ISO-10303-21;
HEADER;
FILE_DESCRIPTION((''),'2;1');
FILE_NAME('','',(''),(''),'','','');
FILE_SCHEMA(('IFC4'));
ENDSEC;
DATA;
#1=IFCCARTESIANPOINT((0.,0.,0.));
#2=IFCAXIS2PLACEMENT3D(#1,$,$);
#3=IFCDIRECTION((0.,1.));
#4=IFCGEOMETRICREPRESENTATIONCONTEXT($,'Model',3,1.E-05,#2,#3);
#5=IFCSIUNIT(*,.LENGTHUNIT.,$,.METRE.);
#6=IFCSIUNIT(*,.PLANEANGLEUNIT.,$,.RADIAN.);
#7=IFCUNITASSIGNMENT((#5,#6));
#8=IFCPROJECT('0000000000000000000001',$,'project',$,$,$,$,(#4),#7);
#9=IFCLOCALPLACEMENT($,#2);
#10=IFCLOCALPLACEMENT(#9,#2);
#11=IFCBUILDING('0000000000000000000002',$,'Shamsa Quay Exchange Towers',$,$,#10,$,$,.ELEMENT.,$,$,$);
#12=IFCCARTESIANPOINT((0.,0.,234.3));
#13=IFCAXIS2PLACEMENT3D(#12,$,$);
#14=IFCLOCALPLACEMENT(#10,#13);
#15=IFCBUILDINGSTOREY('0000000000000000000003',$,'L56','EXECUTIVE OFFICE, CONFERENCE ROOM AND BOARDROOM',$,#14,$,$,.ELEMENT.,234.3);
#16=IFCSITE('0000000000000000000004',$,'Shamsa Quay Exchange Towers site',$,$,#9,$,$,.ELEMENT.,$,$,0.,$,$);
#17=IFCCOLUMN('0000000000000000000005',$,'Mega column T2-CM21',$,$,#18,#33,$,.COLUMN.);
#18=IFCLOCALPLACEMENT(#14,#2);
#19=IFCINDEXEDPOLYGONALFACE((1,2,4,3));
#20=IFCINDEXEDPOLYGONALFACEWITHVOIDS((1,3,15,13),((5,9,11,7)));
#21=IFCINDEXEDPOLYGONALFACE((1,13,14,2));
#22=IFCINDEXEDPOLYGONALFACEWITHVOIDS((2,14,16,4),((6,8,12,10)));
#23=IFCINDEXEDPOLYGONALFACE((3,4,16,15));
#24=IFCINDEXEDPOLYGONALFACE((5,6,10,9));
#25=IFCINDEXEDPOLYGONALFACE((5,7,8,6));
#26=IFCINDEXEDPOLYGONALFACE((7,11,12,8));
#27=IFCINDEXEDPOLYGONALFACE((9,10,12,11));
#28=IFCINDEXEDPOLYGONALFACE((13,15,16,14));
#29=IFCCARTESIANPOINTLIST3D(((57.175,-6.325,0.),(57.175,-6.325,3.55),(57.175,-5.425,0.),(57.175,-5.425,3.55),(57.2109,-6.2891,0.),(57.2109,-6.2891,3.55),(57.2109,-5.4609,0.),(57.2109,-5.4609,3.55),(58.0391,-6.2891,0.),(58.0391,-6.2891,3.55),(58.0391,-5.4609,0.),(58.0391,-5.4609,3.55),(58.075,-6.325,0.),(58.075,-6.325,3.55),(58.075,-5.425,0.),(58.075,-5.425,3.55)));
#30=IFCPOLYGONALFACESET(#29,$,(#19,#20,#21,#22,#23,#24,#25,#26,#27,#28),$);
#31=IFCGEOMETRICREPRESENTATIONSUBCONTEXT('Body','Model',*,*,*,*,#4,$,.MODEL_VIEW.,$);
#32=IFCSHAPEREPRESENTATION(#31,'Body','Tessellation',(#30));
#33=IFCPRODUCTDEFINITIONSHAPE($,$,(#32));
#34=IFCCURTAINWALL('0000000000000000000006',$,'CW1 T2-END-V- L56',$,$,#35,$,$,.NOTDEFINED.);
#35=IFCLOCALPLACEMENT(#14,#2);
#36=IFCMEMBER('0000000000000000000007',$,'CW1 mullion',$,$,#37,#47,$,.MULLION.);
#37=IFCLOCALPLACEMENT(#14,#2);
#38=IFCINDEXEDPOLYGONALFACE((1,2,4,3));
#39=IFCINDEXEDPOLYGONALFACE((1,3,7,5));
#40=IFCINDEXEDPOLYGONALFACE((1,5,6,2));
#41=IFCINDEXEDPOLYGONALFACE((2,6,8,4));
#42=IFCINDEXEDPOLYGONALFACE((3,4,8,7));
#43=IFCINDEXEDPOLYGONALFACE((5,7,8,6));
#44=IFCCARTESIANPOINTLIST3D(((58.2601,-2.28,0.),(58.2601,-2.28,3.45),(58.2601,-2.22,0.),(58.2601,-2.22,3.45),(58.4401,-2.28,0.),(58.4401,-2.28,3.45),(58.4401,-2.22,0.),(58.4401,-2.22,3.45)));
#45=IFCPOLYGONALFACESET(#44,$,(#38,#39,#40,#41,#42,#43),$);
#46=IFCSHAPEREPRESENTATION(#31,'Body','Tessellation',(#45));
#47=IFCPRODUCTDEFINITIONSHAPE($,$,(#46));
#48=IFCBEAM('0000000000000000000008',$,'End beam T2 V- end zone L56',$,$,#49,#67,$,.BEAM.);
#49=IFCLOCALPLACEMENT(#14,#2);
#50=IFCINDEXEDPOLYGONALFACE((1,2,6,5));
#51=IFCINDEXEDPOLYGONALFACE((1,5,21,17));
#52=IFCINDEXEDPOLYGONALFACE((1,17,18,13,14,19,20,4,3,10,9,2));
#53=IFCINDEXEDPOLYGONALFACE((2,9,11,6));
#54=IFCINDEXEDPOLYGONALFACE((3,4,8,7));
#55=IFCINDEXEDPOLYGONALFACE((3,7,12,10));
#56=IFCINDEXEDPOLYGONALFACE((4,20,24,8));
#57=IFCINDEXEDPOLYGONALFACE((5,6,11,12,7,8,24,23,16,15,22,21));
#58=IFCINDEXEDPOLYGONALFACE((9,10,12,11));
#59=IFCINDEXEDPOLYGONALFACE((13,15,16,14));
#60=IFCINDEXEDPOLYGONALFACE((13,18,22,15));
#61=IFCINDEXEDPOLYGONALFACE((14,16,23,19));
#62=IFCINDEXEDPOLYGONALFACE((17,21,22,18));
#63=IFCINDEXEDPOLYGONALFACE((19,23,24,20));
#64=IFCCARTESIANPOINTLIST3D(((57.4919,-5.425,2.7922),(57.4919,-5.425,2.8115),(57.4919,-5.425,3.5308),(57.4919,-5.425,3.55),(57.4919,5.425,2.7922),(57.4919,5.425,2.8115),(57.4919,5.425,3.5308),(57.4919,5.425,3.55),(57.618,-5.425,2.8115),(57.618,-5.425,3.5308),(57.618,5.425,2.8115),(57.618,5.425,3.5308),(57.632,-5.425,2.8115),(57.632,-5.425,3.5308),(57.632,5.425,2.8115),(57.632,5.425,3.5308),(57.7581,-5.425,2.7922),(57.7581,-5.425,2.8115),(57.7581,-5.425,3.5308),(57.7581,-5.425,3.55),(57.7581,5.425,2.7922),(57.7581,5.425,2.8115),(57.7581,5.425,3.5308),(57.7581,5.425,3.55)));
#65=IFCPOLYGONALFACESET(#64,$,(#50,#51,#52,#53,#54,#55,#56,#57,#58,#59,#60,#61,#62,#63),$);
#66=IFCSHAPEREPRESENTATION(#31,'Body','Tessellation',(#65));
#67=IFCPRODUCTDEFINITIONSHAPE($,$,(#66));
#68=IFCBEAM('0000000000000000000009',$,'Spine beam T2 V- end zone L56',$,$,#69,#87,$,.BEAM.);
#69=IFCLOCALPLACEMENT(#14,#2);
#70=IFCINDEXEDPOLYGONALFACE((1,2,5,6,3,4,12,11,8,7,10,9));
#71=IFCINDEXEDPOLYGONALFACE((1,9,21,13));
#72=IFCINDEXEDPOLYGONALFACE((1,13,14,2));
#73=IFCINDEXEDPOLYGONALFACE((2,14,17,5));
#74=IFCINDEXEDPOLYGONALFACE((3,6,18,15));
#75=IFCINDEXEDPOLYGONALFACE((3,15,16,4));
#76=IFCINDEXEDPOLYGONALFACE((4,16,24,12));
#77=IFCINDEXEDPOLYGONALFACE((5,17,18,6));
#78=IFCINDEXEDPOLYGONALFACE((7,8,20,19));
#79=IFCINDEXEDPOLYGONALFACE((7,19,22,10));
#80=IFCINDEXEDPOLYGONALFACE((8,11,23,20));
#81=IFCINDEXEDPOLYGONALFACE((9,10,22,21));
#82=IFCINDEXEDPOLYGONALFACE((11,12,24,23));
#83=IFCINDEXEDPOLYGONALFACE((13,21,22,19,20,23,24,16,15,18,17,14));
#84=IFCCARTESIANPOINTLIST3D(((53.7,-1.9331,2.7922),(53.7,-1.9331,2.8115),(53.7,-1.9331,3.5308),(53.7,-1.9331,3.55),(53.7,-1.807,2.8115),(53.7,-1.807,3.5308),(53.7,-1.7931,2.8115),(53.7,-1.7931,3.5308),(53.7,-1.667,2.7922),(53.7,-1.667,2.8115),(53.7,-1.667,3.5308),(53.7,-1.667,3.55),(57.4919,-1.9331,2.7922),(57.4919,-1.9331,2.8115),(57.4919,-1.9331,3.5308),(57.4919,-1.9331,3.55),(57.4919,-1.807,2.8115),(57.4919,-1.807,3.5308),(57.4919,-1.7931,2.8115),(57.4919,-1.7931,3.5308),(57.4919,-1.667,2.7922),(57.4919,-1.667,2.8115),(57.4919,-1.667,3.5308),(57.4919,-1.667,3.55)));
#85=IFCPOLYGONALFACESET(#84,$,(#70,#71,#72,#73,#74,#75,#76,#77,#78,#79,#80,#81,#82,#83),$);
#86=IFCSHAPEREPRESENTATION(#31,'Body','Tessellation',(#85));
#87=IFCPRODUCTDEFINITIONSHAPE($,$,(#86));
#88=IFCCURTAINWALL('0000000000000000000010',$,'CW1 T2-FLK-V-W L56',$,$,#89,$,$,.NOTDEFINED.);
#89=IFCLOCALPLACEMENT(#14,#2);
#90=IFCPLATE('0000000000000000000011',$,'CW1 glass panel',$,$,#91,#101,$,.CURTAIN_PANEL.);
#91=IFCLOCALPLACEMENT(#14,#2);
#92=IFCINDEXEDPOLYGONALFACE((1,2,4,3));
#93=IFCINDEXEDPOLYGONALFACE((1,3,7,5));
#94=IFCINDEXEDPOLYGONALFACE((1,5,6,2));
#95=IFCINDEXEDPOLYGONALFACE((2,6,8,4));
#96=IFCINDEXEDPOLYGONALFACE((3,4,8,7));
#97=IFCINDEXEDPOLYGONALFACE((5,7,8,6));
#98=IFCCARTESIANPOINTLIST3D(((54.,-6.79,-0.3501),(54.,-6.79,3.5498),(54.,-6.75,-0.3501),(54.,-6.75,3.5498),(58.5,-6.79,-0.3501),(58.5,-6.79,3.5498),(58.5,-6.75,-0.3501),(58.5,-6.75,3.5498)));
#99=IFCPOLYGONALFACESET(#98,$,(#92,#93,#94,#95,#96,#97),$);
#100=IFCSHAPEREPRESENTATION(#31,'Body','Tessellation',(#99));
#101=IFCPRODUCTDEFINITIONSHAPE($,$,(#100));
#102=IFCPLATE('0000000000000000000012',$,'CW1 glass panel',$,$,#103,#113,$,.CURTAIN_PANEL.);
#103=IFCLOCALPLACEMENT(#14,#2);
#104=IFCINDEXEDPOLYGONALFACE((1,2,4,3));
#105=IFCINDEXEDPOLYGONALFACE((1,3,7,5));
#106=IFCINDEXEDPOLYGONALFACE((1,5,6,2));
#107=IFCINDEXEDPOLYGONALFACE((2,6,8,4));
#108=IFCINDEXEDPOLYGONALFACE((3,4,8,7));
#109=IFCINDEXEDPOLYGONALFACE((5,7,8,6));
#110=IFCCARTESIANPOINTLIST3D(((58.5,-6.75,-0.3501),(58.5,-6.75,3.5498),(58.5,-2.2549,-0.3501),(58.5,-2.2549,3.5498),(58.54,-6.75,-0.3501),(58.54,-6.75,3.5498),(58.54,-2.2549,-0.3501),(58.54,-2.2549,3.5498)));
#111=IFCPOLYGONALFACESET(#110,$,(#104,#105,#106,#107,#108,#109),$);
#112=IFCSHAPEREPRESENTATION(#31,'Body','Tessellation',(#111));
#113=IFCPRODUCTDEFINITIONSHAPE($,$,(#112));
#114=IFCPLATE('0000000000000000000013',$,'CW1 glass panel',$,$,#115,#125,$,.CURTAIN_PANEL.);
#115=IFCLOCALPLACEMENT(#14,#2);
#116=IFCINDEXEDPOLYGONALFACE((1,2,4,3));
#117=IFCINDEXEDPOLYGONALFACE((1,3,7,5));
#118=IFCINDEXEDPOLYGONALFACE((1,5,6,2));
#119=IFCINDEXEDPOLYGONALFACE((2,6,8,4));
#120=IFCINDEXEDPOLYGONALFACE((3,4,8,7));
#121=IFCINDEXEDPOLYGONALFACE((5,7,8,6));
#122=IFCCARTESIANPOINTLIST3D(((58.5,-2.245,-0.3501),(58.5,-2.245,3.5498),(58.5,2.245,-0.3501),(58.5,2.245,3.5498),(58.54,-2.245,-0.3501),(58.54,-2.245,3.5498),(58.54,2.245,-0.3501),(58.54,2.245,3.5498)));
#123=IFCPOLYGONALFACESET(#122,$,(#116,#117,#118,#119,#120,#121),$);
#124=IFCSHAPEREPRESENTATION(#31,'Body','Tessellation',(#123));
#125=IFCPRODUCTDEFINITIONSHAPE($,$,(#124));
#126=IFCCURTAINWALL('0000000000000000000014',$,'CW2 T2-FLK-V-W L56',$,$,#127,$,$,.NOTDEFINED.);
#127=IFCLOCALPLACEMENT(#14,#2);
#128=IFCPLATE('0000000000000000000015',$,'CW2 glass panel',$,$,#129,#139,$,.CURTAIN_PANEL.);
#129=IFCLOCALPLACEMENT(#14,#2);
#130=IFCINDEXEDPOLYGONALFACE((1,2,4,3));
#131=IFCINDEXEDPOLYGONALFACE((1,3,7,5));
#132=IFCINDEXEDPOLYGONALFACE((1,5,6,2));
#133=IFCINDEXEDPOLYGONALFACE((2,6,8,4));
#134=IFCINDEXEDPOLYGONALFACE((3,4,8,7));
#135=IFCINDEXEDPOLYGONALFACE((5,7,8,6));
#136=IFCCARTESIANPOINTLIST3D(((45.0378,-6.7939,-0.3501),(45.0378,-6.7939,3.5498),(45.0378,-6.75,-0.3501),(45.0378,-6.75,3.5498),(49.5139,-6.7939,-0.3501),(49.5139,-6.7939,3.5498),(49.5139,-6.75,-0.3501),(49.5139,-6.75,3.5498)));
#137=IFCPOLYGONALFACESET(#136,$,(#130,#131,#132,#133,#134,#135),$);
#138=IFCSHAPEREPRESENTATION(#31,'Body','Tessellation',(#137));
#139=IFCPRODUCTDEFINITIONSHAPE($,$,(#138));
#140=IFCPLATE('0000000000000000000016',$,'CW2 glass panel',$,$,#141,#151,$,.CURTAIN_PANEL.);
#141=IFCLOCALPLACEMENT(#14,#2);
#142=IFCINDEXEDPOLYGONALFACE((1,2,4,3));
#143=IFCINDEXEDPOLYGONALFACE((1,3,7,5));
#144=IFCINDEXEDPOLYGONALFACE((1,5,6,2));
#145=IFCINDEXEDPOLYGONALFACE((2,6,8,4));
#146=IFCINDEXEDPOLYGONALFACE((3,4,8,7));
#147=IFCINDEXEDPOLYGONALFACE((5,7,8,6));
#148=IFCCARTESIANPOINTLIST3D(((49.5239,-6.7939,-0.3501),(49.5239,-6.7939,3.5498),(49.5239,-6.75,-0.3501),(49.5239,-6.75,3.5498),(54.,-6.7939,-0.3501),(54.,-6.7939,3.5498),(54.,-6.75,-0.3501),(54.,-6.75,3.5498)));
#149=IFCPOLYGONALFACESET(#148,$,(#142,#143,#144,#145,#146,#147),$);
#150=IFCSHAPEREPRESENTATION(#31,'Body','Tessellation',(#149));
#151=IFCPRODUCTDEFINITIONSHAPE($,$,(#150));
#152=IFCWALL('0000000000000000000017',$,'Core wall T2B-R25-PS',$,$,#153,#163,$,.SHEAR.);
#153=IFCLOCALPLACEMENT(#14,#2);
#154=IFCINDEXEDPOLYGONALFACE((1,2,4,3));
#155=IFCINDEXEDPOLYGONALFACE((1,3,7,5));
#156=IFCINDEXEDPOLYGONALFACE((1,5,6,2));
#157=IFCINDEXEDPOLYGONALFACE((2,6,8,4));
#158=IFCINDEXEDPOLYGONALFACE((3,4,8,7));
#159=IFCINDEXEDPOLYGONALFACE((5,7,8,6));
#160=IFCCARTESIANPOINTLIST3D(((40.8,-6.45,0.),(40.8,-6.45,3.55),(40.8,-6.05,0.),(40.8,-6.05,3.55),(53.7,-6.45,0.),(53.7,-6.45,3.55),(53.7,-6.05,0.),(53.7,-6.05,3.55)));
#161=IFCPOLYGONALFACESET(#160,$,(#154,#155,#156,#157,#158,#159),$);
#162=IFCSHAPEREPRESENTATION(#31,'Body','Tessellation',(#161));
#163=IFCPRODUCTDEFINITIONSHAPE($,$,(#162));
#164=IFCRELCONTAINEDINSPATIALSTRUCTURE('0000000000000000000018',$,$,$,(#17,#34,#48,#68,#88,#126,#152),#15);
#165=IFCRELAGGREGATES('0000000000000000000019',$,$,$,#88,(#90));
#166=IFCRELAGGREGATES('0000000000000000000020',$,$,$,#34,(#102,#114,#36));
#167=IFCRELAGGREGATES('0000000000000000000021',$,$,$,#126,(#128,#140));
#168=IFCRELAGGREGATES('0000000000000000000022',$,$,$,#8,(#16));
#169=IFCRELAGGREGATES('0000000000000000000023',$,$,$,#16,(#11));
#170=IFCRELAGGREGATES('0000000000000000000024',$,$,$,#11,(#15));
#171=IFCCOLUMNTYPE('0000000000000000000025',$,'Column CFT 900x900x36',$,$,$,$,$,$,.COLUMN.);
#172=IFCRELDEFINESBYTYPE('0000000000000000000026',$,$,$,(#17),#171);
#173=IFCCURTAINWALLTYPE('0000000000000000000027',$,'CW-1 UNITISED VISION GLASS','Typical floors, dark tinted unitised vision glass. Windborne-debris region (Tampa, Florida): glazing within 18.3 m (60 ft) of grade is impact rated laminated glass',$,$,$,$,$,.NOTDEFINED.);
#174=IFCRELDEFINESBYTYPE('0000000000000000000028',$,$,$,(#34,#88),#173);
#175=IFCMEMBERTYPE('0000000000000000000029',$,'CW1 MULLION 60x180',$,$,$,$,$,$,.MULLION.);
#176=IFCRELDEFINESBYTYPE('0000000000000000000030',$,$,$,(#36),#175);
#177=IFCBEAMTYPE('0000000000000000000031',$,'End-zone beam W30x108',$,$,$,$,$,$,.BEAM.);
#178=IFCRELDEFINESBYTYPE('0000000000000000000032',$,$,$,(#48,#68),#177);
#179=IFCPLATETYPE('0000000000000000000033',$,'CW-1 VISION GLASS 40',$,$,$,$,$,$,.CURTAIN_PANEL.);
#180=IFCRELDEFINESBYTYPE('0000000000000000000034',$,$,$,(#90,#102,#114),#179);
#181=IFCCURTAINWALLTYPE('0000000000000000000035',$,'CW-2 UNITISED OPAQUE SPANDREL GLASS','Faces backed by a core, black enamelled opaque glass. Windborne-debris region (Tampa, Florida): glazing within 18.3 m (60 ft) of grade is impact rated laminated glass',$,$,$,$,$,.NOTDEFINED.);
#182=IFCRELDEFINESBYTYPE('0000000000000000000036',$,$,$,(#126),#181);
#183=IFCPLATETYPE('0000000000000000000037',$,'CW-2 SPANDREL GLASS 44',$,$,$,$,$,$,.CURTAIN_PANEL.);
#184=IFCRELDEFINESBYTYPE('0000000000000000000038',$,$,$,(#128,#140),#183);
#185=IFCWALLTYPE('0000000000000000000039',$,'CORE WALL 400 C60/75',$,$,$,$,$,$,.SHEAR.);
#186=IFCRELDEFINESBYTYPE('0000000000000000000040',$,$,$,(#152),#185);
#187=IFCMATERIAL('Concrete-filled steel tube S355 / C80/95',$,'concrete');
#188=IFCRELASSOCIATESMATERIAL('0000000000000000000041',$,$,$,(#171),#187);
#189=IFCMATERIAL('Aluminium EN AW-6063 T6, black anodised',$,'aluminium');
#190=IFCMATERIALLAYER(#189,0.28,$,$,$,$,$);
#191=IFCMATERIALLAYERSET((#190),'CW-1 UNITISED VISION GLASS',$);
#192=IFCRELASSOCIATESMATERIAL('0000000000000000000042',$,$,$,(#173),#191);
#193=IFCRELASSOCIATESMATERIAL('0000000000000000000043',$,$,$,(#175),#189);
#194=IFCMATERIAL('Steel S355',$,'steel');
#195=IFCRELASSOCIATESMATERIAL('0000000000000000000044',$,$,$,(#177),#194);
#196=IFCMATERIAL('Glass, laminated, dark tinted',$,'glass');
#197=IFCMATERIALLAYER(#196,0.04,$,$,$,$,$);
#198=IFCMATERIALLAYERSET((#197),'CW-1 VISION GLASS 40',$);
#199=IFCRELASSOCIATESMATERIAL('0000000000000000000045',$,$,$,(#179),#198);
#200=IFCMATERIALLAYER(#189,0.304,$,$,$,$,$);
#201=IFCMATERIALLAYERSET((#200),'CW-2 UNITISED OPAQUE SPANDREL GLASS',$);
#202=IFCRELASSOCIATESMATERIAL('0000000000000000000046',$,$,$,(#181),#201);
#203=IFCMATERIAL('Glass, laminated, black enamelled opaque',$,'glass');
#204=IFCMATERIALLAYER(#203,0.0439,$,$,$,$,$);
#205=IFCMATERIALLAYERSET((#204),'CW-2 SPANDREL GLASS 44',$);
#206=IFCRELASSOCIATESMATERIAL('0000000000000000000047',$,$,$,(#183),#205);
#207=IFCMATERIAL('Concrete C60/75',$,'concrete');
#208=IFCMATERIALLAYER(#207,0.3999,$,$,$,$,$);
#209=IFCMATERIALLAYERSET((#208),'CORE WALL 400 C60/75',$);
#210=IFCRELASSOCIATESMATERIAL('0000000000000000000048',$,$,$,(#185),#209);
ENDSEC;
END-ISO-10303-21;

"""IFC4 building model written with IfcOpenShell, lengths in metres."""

from ifc_helpers import new_model, si_unit, direction, frame, frame_2d, origin, origin_2d, place, context, subcontext, project, spatial, rectangle, hollow_rectangle, i_section, extrude, material, layer, layer_set, material_profile, profile_set, type_object, element, aggregate, save


model = new_model("IFC4")

# Units and contexts
model_context = context("Model", 3, precision=1e-05, world=origin(), true_north=direction((0.0, 1.0)))
body_context = subcontext(model_context, "Body", "Model", "MODEL_VIEW")
ifc_project = project(units=[si_unit("LENGTHUNIT", "METRE"), si_unit("PLANEANGLEUNIT", "RADIAN")], contexts=[model_context])

# Site, building, storey
site_placement = place(None, origin())
site = spatial("IfcSite", under=ifc_project, at=site_placement, Name="Shamsa Quay Exchange Towers site", CompositionType="ELEMENT", RefElevation=0.0)
building_placement = place(site_placement, origin())
building = spatial("IfcBuilding", under=site, at=building_placement, Name="Shamsa Quay Exchange Towers", CompositionType="ELEMENT")
storey_placement = place(building_placement, frame((0.0, 0.0, 234.3)))
storey = spatial("IfcBuildingStorey", under=building, at=storey_placement, Name="L56", Description="EXECUTIVE OFFICE, CONFERENCE ROOM AND BOARDROOM", CompositionType="ELEMENT", Elevation=234.3)

# Column
ifc_material_1 = material(Name="Concrete-filled steel tube S355 / C80/95", Category="concrete")
ifc_material_profile_1 = material_profile(ifc_material_1, hollow_rectangle(XDim=0.8999, YDim=0.8999, WallThickness=0.0359, at=origin_2d()), Name="CFT 900x900x36")
ifc_profile_set_1 = profile_set([ifc_material_profile_1], Name="Concrete-filled steel tube S355 / C80/95")
column_type = type_object("IfcColumnType", Name="Column CFT 900x900x36", PredefinedType="COLUMN", material=ifc_profile_set_1)
column_placement = place(storey_placement, frame((57.625, -5.875, 0.0)))
element("IfcColumn", 1, at=column_placement, inside=storey, type_object=column_type, Name="Mega column T2-CM21", PredefinedType="COLUMN", context=body_context, shape_type="SweptSolid", body=[
    extrude(hollow_rectangle(XDim=0.8999, YDim=0.8999, WallThickness=0.0359, at=origin_2d()), origin(), (0.0, 0.0, 1.0), 3.55),
])

# Curtain wall, member
ifc_material_2 = material(Name="Aluminium EN AW-6063 T6, black anodised", Category="aluminium")
ifc_layer_1 = layer(ifc_material_2, 0.28)
ifc_layer_set_1 = layer_set([ifc_layer_1], Name="CW-1 UNITISED VISION GLASS")
curtain_wall_type_1 = type_object("IfcCurtainWallType", Name="CW-1 UNITISED VISION GLASS", Description="Typical floors, dark tinted unitised vision glass. Windborne-debris region (Tampa, Florida): glazing within 18.3 m (60 ft) of grade is impact rated laminated glass", PredefinedType="NOTDEFINED", material=ifc_layer_set_1)
curtain_wall_1_placement = place(storey_placement, origin())
curtain_wall_1 = element("IfcCurtainWall", 2, at=curtain_wall_1_placement, inside=storey, type_object=curtain_wall_type_1, Name="CW1 T2-END-V- L56", PredefinedType="NOTDEFINED")
ifc_material_profile_2 = material_profile(ifc_material_2, rectangle(XDim=0.1799, YDim=0.0601, at=origin_2d()), Name="MU60x180")
ifc_profile_set_2 = profile_set([ifc_material_profile_2], Name="Aluminium EN AW-6063 T6, black anodised")
member_type = type_object("IfcMemberType", Name="CW1 MULLION 60x180", PredefinedType="MULLION", material=ifc_profile_set_2)
member_placement = place(storey_placement, frame((58.3501, -2.25, 0.0), z_axis=(0.0, 0.0, 1.0), x_axis=(-1.0, 0.0, 0.0)))
member = element("IfcMember", 3, at=member_placement, type_object=member_type, Name="CW1 mullion", PredefinedType="MULLION", context=body_context, shape_type="SweptSolid", body=[
    extrude(rectangle(XDim=0.1799, YDim=0.0601, at=origin_2d()), origin(), (0.0, 0.0, 1.0), 3.45),
])

# Beams
ifc_material_3 = material(Name="Steel S355", Category="steel")
ifc_material_profile_3 = material_profile(ifc_material_3, i_section(OverallWidth=0.2661, OverallDepth=0.7578, WebThickness=0.0139, FlangeThickness=0.0193, at=origin_2d()), Name="W30x108")
ifc_profile_set_3 = profile_set([ifc_material_profile_3], Name="Steel S355")
beam_type = type_object("IfcBeamType", Name="End-zone beam W30x108", PredefinedType="BEAM", material=ifc_profile_set_3)
beam_1_placement = place(storey_placement, frame((57.625, -5.425, 3.1711), z_axis=(0.0, 1.0, 0.0), x_axis=(-1.0, 0.0, 0.0)))
element("IfcBeam", 4, at=beam_1_placement, inside=storey, type_object=beam_type, Name="End beam T2 V- end zone L56", PredefinedType="BEAM", context=body_context, shape_type="SweptSolid", body=[
    extrude(i_section(OverallWidth=0.2661, OverallDepth=0.7578, WebThickness=0.0139, FlangeThickness=0.0193, at=origin_2d()), origin(), (0.0, 0.0, 1.0), 10.8501),
])
beam_2_placement = place(storey_placement, frame((53.7, -1.8, 3.1711), z_axis=(1.0, 0.0, 0.0), x_axis=(0.0, 1.0, 0.0)))
element("IfcBeam", 5, at=beam_2_placement, inside=storey, type_object=beam_type, Name="Spine beam T2 V- end zone L56", PredefinedType="BEAM", context=body_context, shape_type="SweptSolid", body=[
    extrude(i_section(OverallWidth=0.2661, OverallDepth=0.7578, WebThickness=0.0139, FlangeThickness=0.0193, at=origin_2d()), origin(), (0.0, 0.0, 1.0), 3.792),
])

# Curtain wall, plate
curtain_wall_2_placement = place(storey_placement, origin())
curtain_wall_2 = element("IfcCurtainWall", 6, at=curtain_wall_2_placement, inside=storey, type_object=curtain_wall_type_1, Name="CW1 T2-FLK-V-W L56", PredefinedType="NOTDEFINED")
ifc_material_4 = material(Name="Glass, laminated, dark tinted", Category="glass")
ifc_layer_2 = layer(ifc_material_4, 0.04)
ifc_layer_set_2 = layer_set([ifc_layer_2], Name="CW-1 VISION GLASS 40")
plate_type_1 = type_object("IfcPlateType", Name="CW-1 VISION GLASS 40", PredefinedType="CURTAIN_PANEL", material=ifc_layer_set_2)
plate_1_placement = place(storey_placement, frame((56.25, -6.77, -0.3501)))
plate_1 = element("IfcPlate", 7, at=plate_1_placement, type_object=plate_type_1, Name="CW1 glass panel", PredefinedType="CURTAIN_PANEL", context=body_context, shape_type="SweptSolid", body=[
    extrude(rectangle(XDim=4.5, YDim=0.04, at=origin_2d()), origin(), (0.0, 0.0, 1.0), 3.8999),
])
aggregate(curtain_wall_2, [plate_1])

# Plates
plate_2_placement = place(storey_placement, frame((58.52, -4.5024, -0.3501), z_axis=(0.0, 0.0, 1.0), x_axis=(0.0, 1.0, 0.0)))
plate_2 = element("IfcPlate", 8, at=plate_2_placement, type_object=plate_type_1, Name="CW1 glass panel", PredefinedType="CURTAIN_PANEL", context=body_context, shape_type="SweptSolid", body=[
    extrude(rectangle(XDim=4.4951, YDim=0.04, at=origin_2d()), origin(), (0.0, 0.0, 1.0), 3.8999),
])
plate_3_placement = place(storey_placement, frame((58.52, 0.0, -0.3501), z_axis=(0.0, 0.0, 1.0), x_axis=(0.0, 1.0, 0.0)))
plate_3 = element("IfcPlate", 9, at=plate_3_placement, type_object=plate_type_1, Name="CW1 glass panel", PredefinedType="CURTAIN_PANEL", context=body_context, shape_type="SweptSolid", body=[
    extrude(rectangle(XDim=4.49, YDim=0.04, at=origin_2d()), origin(), (0.0, 0.0, 1.0), 3.8999),
])
aggregate(curtain_wall_1, [plate_2, plate_3, member])

# Curtain wall, plates
ifc_layer_3 = layer(ifc_material_2, 0.304)
ifc_layer_set_3 = layer_set([ifc_layer_3], Name="CW-2 UNITISED OPAQUE SPANDREL GLASS")
curtain_wall_type_2 = type_object("IfcCurtainWallType", Name="CW-2 UNITISED OPAQUE SPANDREL GLASS", Description="Faces backed by a core, black enamelled opaque glass. Windborne-debris region (Tampa, Florida): glazing within 18.3 m (60 ft) of grade is impact rated laminated glass", PredefinedType="NOTDEFINED", material=ifc_layer_set_3)
curtain_wall_3_placement = place(storey_placement, origin())
curtain_wall_3 = element("IfcCurtainWall", 10, at=curtain_wall_3_placement, inside=storey, type_object=curtain_wall_type_2, Name="CW2 T2-FLK-V-W L56", PredefinedType="NOTDEFINED")
ifc_material_5 = material(Name="Glass, laminated, black enamelled opaque", Category="glass")
ifc_layer_4 = layer(ifc_material_5, 0.0439)
ifc_layer_set_4 = layer_set([ifc_layer_4], Name="CW-2 SPANDREL GLASS 44")
plate_type_2 = type_object("IfcPlateType", Name="CW-2 SPANDREL GLASS 44", PredefinedType="CURTAIN_PANEL", material=ifc_layer_set_4)
plate_4_placement = place(storey_placement, frame((47.2759, -6.772, -0.3501)))
plate_4 = element("IfcPlate", 11, at=plate_4_placement, type_object=plate_type_2, Name="CW2 glass panel", PredefinedType="CURTAIN_PANEL", context=body_context, shape_type="SweptSolid", body=[
    extrude(rectangle(XDim=4.4761, YDim=0.0439, at=origin_2d()), origin(), (0.0, 0.0, 1.0), 3.8999),
])
plate_5_placement = place(storey_placement, frame((51.762, -6.772, -0.3501)))
plate_5 = element("IfcPlate", 12, at=plate_5_placement, type_object=plate_type_2, Name="CW2 glass panel", PredefinedType="CURTAIN_PANEL", context=body_context, shape_type="SweptSolid", body=[
    extrude(rectangle(XDim=4.4761, YDim=0.0439, at=origin_2d()), origin(), (0.0, 0.0, 1.0), 3.8999),
])
aggregate(curtain_wall_3, [plate_4, plate_5])

# Wall
ifc_material_6 = material(Name="Concrete C60/75", Category="concrete")
ifc_layer_5 = layer(ifc_material_6, 0.3999)
ifc_layer_set_5 = layer_set([ifc_layer_5], Name="CORE WALL 400 C60/75")
wall_type_1 = type_object("IfcWallType", Name="CORE WALL 400 C60/75", PredefinedType="SHEAR", material=ifc_layer_set_5)
wall_1_placement = place(storey_placement, frame((53.7, -6.25, 0.0), z_axis=(0.0, 0.0, 1.0), x_axis=(-1.0, 0.0, 0.0)))
element("IfcWall", 13, at=wall_1_placement, inside=storey, type_object=wall_type_1, Name="Core wall T2B-R25-PS", PredefinedType="SHEAR", context=body_context, shape_type="SweptSolid", body=[
    extrude(rectangle(XDim=12.8999, YDim=0.3999, at=frame_2d((6.45, 0.0))), origin(), (0.0, 0.0, 1.0), 3.55),
])

save(model, "model.ifc")
